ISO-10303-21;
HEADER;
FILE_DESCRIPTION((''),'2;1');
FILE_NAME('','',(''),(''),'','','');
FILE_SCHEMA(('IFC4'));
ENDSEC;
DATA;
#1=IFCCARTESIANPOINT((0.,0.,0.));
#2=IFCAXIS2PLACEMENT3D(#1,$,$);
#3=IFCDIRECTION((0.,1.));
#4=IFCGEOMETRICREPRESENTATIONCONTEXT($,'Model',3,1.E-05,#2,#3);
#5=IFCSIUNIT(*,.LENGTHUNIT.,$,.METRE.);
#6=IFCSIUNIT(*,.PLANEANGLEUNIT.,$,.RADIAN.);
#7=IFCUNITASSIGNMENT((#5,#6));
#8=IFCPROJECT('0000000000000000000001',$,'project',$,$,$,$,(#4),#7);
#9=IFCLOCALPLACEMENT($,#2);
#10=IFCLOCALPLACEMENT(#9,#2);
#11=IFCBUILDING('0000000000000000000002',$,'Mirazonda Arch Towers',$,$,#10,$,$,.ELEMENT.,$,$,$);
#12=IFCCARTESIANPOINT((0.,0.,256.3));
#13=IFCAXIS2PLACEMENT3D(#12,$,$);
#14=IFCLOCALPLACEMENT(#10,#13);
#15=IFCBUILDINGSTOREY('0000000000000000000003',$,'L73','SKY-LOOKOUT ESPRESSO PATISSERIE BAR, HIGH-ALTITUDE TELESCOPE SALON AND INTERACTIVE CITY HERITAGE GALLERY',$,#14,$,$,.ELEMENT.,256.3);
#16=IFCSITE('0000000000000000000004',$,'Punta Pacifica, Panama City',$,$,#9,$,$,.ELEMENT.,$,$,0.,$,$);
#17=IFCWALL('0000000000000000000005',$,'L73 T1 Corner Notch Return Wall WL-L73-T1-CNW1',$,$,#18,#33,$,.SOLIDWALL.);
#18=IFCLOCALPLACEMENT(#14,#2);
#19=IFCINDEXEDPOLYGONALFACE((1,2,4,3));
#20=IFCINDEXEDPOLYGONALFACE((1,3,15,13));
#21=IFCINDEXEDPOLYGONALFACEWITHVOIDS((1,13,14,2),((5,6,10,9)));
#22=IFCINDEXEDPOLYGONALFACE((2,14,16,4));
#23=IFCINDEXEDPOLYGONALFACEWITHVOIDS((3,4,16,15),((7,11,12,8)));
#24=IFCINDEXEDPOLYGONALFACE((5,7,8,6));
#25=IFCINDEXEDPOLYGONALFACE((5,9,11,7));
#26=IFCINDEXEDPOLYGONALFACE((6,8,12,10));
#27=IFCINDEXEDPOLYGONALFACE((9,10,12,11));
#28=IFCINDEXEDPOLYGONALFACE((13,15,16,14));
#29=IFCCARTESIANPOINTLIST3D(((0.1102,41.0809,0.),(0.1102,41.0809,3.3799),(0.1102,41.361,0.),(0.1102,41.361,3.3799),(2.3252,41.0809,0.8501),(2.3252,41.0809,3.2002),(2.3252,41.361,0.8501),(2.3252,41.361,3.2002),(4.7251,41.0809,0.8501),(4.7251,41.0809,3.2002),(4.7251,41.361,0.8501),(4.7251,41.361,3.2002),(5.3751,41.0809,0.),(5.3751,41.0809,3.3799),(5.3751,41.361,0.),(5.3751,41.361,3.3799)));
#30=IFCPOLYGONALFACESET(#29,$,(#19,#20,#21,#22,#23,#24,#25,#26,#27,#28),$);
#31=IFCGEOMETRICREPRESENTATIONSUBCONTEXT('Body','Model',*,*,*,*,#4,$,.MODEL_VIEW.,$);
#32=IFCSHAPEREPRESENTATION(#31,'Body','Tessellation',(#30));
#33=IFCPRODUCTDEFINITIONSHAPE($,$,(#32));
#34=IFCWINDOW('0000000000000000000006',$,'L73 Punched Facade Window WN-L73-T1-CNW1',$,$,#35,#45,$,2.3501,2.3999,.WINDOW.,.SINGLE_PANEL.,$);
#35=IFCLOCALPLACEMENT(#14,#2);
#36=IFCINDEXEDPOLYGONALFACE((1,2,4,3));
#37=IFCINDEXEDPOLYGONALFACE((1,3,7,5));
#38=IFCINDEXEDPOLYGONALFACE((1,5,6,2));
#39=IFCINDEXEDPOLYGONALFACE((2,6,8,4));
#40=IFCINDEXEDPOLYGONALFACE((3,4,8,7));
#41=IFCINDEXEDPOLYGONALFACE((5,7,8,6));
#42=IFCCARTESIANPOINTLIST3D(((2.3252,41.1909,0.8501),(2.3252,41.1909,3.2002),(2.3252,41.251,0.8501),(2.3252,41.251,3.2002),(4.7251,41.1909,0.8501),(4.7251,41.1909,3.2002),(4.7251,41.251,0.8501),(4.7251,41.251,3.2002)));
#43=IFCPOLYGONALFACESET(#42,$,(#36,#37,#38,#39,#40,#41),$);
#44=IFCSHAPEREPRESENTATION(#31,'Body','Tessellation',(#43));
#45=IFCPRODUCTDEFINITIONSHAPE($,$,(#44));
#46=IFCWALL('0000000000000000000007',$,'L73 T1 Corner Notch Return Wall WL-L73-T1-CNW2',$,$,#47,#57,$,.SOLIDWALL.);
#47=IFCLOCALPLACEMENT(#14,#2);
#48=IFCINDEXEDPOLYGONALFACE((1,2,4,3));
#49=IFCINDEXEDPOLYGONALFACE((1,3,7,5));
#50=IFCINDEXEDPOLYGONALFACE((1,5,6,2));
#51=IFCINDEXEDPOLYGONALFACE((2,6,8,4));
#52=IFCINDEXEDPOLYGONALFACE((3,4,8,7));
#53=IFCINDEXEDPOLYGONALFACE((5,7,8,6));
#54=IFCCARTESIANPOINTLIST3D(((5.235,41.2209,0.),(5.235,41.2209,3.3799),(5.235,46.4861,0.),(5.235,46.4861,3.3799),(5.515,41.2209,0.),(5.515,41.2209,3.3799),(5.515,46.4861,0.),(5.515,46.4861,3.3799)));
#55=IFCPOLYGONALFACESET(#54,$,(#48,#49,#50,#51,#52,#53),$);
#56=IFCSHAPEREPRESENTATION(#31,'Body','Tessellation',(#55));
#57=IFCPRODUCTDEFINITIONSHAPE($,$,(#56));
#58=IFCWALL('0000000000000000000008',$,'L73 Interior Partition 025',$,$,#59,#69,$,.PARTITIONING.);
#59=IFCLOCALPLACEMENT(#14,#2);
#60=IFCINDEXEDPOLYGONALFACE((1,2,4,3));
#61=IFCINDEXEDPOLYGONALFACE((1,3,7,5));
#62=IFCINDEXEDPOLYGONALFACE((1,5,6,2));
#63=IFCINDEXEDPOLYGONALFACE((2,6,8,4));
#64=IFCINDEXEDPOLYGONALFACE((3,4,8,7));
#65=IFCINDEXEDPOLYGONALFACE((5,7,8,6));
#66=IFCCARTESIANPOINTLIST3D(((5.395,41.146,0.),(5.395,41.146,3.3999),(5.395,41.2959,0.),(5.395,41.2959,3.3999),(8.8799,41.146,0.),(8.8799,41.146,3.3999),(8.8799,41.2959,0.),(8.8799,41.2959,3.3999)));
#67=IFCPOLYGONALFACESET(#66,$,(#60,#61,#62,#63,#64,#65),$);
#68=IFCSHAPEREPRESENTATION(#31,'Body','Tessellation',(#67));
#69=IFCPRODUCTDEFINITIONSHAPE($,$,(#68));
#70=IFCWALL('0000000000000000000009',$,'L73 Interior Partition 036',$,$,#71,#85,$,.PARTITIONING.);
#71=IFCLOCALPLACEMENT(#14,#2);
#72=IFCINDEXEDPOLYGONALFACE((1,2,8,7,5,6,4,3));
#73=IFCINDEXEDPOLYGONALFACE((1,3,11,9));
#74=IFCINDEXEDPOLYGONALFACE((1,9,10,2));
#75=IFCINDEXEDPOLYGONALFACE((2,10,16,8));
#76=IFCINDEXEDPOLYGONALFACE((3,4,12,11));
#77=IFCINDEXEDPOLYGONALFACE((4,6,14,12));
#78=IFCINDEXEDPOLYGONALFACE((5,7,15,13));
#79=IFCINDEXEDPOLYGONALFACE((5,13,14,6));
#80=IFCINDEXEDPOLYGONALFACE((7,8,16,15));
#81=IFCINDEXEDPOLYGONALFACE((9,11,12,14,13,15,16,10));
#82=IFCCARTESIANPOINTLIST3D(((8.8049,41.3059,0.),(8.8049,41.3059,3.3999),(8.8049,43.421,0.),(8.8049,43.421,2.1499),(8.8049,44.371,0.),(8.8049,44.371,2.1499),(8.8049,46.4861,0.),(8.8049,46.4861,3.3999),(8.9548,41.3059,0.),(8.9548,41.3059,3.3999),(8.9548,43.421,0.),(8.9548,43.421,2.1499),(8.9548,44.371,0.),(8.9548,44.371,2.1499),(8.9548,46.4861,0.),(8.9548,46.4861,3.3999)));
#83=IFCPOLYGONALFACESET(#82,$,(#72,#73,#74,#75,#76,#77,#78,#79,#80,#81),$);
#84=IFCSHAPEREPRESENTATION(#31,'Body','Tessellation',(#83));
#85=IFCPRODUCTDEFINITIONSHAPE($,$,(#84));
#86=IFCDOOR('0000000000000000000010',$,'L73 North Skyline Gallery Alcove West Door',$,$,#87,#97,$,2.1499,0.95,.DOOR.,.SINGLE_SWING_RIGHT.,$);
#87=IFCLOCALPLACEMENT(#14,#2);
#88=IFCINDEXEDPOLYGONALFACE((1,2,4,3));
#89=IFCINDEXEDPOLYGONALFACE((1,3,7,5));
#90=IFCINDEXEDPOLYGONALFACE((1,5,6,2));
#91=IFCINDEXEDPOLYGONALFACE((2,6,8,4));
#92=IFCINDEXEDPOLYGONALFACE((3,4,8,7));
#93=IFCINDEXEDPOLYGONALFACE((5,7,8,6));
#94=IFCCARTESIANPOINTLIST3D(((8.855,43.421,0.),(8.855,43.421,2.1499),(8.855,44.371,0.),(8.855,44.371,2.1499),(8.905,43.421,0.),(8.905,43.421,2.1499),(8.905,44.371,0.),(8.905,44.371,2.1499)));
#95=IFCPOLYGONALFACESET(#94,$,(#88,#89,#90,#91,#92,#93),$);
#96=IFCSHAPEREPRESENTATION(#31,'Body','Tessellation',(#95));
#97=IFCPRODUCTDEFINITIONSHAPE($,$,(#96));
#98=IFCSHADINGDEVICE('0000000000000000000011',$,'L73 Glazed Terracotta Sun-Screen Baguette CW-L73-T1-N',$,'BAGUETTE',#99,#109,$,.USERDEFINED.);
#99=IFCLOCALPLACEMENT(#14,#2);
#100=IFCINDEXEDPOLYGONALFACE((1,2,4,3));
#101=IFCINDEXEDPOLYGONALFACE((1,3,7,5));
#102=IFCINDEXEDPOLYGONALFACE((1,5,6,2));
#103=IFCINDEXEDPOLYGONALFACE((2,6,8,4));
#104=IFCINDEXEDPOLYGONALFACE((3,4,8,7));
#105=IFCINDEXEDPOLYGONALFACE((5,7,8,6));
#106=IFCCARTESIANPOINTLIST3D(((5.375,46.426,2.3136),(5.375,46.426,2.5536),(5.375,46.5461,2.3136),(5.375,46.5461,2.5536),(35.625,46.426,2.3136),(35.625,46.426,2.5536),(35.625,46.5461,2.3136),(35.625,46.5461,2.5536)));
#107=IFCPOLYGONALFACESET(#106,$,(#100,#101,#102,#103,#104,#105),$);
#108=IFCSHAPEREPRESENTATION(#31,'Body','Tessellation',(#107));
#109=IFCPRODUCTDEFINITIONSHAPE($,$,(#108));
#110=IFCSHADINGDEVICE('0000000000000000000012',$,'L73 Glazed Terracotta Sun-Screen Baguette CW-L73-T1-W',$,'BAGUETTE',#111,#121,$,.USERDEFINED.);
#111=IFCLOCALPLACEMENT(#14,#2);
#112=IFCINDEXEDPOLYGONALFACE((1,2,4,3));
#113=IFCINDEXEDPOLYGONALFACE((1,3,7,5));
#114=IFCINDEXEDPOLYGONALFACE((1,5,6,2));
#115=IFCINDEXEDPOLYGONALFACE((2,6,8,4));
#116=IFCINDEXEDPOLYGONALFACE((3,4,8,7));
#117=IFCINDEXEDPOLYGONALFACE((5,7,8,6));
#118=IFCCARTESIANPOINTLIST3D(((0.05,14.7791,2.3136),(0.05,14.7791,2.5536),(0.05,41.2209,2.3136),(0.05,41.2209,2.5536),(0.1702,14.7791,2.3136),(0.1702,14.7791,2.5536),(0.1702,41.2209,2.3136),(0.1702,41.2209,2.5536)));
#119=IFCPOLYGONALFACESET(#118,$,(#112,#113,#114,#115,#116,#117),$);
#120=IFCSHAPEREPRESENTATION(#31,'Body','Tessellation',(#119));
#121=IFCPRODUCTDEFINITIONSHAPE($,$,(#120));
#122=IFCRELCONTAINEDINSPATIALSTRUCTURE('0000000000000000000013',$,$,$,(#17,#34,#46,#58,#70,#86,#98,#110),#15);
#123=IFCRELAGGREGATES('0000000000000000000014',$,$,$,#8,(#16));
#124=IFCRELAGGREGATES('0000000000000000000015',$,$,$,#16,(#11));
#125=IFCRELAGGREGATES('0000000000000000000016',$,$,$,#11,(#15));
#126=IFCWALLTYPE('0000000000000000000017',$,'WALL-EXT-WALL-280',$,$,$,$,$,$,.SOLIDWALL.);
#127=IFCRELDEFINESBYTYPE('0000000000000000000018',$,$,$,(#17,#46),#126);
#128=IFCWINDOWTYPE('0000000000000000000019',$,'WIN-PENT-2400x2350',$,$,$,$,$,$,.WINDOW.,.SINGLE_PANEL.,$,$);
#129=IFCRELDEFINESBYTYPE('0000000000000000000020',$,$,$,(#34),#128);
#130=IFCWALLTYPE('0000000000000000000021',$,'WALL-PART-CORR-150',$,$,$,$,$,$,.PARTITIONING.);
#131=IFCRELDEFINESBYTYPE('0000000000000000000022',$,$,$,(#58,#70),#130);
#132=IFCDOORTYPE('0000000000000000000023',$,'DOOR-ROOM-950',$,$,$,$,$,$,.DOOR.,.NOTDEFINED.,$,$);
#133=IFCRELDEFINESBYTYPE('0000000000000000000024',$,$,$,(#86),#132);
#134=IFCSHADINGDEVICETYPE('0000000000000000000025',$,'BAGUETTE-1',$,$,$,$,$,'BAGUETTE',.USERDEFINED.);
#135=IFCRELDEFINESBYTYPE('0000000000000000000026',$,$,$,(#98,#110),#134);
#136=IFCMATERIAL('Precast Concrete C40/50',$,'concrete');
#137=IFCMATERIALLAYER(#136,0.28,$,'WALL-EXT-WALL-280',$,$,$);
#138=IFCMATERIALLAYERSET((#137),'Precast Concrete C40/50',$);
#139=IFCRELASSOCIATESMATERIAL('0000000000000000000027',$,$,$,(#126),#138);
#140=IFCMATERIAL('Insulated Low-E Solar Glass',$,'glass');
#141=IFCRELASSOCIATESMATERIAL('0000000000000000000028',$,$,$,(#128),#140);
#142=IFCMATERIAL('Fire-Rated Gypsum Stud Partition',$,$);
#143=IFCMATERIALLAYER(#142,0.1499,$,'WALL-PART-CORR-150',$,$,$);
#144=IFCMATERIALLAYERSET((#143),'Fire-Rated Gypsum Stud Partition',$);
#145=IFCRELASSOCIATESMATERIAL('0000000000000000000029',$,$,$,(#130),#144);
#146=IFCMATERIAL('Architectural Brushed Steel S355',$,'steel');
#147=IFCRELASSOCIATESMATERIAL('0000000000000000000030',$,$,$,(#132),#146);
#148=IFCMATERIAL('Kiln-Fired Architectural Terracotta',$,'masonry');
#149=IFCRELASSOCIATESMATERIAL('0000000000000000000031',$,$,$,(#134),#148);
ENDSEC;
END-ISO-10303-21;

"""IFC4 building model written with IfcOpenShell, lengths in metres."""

from ifc_helpers import new_model, si_unit, direction, frame, frame_2d, origin, origin_2d, place, context, subcontext, project, spatial, rectangle, extrude, material, layer, layer_set, material_profile, profile_set, type_object, element, fill, save


model = new_model("IFC4")

# Units and contexts
model_context = context("Model", 3, precision=1e-05, world=origin(), true_north=direction((0.0, 1.0)))
body_context = subcontext(model_context, "Body", "Model", "MODEL_VIEW")
ifc_project = project(units=[si_unit("LENGTHUNIT", "METRE"), si_unit("PLANEANGLEUNIT", "RADIAN")], contexts=[model_context])

# Site, building, storey
site_placement = place(None, origin())
site = spatial("IfcSite", under=ifc_project, at=site_placement, Name="Punta Pacifica, Panama City", CompositionType="ELEMENT", RefElevation=0.0)
building_placement = place(site_placement, origin())
building = spatial("IfcBuilding", under=site, at=building_placement, Name="Mirazonda Arch Towers", CompositionType="ELEMENT")
storey_placement = place(building_placement, frame((0.0, 0.0, 256.3)))
storey = spatial("IfcBuildingStorey", under=building, at=storey_placement, Name="L73", Description="SKY-LOOKOUT ESPRESSO PATISSERIE BAR, HIGH-ALTITUDE TELESCOPE SALON AND INTERACTIVE CITY HERITAGE GALLERY", CompositionType="ELEMENT", Elevation=256.3)

# Shared definitions
ifc_material_1 = material(Name="Insulated Low-E Solar Glass", Category="glass")

# Wall, opening, window
ifc_material_2 = material(Name="Precast Concrete C40/50", Category="concrete")
ifc_layer_1 = layer(ifc_material_2, 0.28, Name="WALL-EXT-WALL-280")
ifc_layer_set_1 = layer_set([ifc_layer_1], Name="Precast Concrete C40/50")
wall_type_1 = type_object("IfcWallType", Name="WALL-EXT-WALL-280", PredefinedType="SOLIDWALL", material=ifc_layer_set_1)
wall_1_placement = place(storey_placement, frame((5.375, 41.2209, 0.0), z_axis=(0.0, 0.0, 1.0), x_axis=(-1.0, 0.0, 0.0)))
wall_1 = element("IfcWall", 1, at=wall_1_placement, inside=storey, type_object=wall_type_1, Name="L73 T1 Corner Notch Return Wall WL-L73-T1-CNW1", PredefinedType="SOLIDWALL", context=body_context, shape_type="SweptSolid", body=[
    extrude(rectangle(XDim=5.2649, YDim=0.28, at=frame_2d((2.6323, 0.0))), origin(), (0.0, 0.0, 1.0), 3.3799),
])
opening_1_placement = place(wall_1_placement, frame((0.6499, 0.0, 0.8501)))
opening_1 = element("IfcOpeningElement", 2, at=opening_1_placement, cuts=wall_1, PredefinedType="OPENING", context=body_context, shape_type="SweptSolid", body=[
    extrude(rectangle(XDim=2.3999, YDim=2.3501, at=frame_2d((1.2, 1.175))), frame((0.0, 0.1499, 0.0), z_axis=(0.0, -1.0, 0.0), x_axis=(1.0, 0.0, 0.0)), (0.0, 0.0, 1.0), 0.3),
])
window_type = type_object("IfcWindowType", Name="WIN-PENT-2400x2350", PartitioningType="SINGLE_PANEL", PredefinedType="WINDOW", material=ifc_material_1)
window_placement = place(opening_1_placement, origin())
window = element("IfcWindow", 3, at=window_placement, inside=storey, type_object=window_type, Name="L73 Punched Facade Window WN-L73-T1-CNW1", OverallHeight=2.3501, OverallWidth=2.3999, PartitioningType="SINGLE_PANEL", PredefinedType="WINDOW", context=body_context, shape_type="SweptSolid", body=[
    extrude(rectangle(XDim=2.3999, YDim=2.3501, at=frame_2d((1.2, 1.175))), frame((0.0, 0.03, 0.0), z_axis=(0.0, -1.0, 0.0), x_axis=(1.0, 0.0, 0.0)), (0.0, 0.0, 1.0), 0.0601),
])
fill(opening_1, window)

# Walls
wall_2_placement = place(storey_placement, frame((5.375, 46.4861, 0.0), z_axis=(0.0, 0.0, 1.0), x_axis=(0.0, -1.0, 0.0)))
element("IfcWall", 4, at=wall_2_placement, inside=storey, type_object=wall_type_1, Name="L73 T1 Corner Notch Return Wall WL-L73-T1-CNW2", PredefinedType="SOLIDWALL", context=body_context, shape_type="SweptSolid", body=[
    extrude(rectangle(XDim=5.2651, YDim=0.28, at=frame_2d((2.6326, 0.0))), origin(), (0.0, 0.0, 1.0), 3.3799),
])
ifc_material_3 = material(Name="Fire-Rated Gypsum Stud Partition")
ifc_layer_2 = layer(ifc_material_3, 0.1499, Name="WALL-PART-CORR-150")
ifc_layer_set_2 = layer_set([ifc_layer_2], Name="Fire-Rated Gypsum Stud Partition")
wall_type_2 = type_object("IfcWallType", Name="WALL-PART-CORR-150", PredefinedType="PARTITIONING", material=ifc_layer_set_2)
wall_3_placement = place(storey_placement, frame((5.395, 41.2209, 0.0), z_axis=(0.0, 0.0, 1.0), x_axis=(1.0, 0.0, 0.0)))
element("IfcWall", 5, at=wall_3_placement, inside=storey, type_object=wall_type_2, Name="L73 Interior Partition 025", PredefinedType="PARTITIONING", context=body_context, shape_type="SweptSolid", body=[
    extrude(rectangle(XDim=3.4849, YDim=0.1499, at=frame_2d((1.7424, 0.0))), origin(), (0.0, 0.0, 1.0), 3.3999),
])

# Wall, opening, door
wall_4_placement = place(storey_placement, frame((8.8799, 41.3059, 0.0), z_axis=(0.0, 0.0, 1.0), x_axis=(0.0, 1.0, 0.0)))
wall_4 = element("IfcWall", 6, at=wall_4_placement, inside=storey, type_object=wall_type_2, Name="L73 Interior Partition 036", PredefinedType="PARTITIONING", context=body_context, shape_type="SweptSolid", body=[
    extrude(rectangle(XDim=5.1802, YDim=0.1499, at=frame_2d((2.5901, 0.0))), origin(), (0.0, 0.0, 1.0), 3.3999),
])
opening_2_placement = place(wall_4_placement, frame((2.115, 0.0, 0.0)))
opening_2 = element("IfcOpeningElement", 7, at=opening_2_placement, cuts=wall_4, PredefinedType="OPENING", context=body_context, shape_type="SweptSolid", body=[
    extrude(rectangle(XDim=0.95, YDim=2.1499, at=frame_2d((0.4751, 1.075))), frame((0.0, 0.085, 0.0), z_axis=(0.0, -1.0, 0.0), x_axis=(1.0, 0.0, 0.0)), (0.0, 0.0, 1.0), 0.1699),
])
ifc_material_4 = material(Name="Architectural Brushed Steel S355", Category="steel")
door_type = type_object("IfcDoorType", Name="DOOR-ROOM-950", OperationType="NOTDEFINED", PredefinedType="DOOR", material=ifc_material_4)
door_placement = place(opening_2_placement, origin())
door = element("IfcDoor", 8, at=door_placement, inside=storey, type_object=door_type, Name="L73 North Skyline Gallery Alcove West Door", OperationType="SINGLE_SWING_RIGHT", OverallHeight=2.1499, OverallWidth=0.95, PredefinedType="DOOR", context=body_context, shape_type="SweptSolid", body=[
    extrude(rectangle(XDim=0.95, YDim=2.1499, at=frame_2d((0.4751, 1.075))), frame((0.0, 0.0249, 0.0), z_axis=(0.0, -1.0, 0.0), x_axis=(1.0, 0.0, 0.0)), (0.0, 0.0, 1.0), 0.05),
])
fill(opening_2, door)

# Shading devices
ifc_material_5 = material(Name="Kiln-Fired Architectural Terracotta", Category="masonry")
ifc_material_profile_1 = material_profile(ifc_material_5, rectangle(XDim=0.1201, YDim=0.24, at=origin_2d()), Name="TERRA-BAG-120x240")
ifc_profile_set_1 = profile_set([ifc_material_profile_1], Name="Kiln-Fired Architectural Terracotta")
shading_device_type = type_object("IfcShadingDeviceType", Name="BAGUETTE-1", ElementType="BAGUETTE", PredefinedType="USERDEFINED", material=ifc_profile_set_1)
shading_device_1_placement = place(storey_placement, frame((5.375, 46.4861, 2.4336), z_axis=(1.0, 0.0, 0.0), x_axis=(0.0, 1.0, 0.0)))
element("IfcShadingDevice", 9, at=shading_device_1_placement, inside=storey, type_object=shading_device_type, Name="L73 Glazed Terracotta Sun-Screen Baguette CW-L73-T1-N", ObjectType="BAGUETTE", PredefinedType="USERDEFINED", context=body_context, shape_type="SweptSolid", body=[
    extrude(rectangle(XDim=0.1201, YDim=0.24, at=origin_2d()), origin(), (0.0, 0.0, 1.0), 30.25),
])
shading_device_2_placement = place(storey_placement, frame((0.1101, 41.2209, 2.4336), z_axis=(0.0, -1.0, 0.0), x_axis=(1.0, 0.0, 0.0)))
element("IfcShadingDevice", 10, at=shading_device_2_placement, inside=storey, type_object=shading_device_type, Name="L73 Glazed Terracotta Sun-Screen Baguette CW-L73-T1-W", ObjectType="BAGUETTE", PredefinedType="USERDEFINED", context=body_context, shape_type="SweptSolid", body=[
    extrude(rectangle(XDim=0.1201, YDim=0.24, at=origin_2d()), origin(), (0.0, 0.0, 1.0), 26.4419),
])

save(model, "model.ifc")
